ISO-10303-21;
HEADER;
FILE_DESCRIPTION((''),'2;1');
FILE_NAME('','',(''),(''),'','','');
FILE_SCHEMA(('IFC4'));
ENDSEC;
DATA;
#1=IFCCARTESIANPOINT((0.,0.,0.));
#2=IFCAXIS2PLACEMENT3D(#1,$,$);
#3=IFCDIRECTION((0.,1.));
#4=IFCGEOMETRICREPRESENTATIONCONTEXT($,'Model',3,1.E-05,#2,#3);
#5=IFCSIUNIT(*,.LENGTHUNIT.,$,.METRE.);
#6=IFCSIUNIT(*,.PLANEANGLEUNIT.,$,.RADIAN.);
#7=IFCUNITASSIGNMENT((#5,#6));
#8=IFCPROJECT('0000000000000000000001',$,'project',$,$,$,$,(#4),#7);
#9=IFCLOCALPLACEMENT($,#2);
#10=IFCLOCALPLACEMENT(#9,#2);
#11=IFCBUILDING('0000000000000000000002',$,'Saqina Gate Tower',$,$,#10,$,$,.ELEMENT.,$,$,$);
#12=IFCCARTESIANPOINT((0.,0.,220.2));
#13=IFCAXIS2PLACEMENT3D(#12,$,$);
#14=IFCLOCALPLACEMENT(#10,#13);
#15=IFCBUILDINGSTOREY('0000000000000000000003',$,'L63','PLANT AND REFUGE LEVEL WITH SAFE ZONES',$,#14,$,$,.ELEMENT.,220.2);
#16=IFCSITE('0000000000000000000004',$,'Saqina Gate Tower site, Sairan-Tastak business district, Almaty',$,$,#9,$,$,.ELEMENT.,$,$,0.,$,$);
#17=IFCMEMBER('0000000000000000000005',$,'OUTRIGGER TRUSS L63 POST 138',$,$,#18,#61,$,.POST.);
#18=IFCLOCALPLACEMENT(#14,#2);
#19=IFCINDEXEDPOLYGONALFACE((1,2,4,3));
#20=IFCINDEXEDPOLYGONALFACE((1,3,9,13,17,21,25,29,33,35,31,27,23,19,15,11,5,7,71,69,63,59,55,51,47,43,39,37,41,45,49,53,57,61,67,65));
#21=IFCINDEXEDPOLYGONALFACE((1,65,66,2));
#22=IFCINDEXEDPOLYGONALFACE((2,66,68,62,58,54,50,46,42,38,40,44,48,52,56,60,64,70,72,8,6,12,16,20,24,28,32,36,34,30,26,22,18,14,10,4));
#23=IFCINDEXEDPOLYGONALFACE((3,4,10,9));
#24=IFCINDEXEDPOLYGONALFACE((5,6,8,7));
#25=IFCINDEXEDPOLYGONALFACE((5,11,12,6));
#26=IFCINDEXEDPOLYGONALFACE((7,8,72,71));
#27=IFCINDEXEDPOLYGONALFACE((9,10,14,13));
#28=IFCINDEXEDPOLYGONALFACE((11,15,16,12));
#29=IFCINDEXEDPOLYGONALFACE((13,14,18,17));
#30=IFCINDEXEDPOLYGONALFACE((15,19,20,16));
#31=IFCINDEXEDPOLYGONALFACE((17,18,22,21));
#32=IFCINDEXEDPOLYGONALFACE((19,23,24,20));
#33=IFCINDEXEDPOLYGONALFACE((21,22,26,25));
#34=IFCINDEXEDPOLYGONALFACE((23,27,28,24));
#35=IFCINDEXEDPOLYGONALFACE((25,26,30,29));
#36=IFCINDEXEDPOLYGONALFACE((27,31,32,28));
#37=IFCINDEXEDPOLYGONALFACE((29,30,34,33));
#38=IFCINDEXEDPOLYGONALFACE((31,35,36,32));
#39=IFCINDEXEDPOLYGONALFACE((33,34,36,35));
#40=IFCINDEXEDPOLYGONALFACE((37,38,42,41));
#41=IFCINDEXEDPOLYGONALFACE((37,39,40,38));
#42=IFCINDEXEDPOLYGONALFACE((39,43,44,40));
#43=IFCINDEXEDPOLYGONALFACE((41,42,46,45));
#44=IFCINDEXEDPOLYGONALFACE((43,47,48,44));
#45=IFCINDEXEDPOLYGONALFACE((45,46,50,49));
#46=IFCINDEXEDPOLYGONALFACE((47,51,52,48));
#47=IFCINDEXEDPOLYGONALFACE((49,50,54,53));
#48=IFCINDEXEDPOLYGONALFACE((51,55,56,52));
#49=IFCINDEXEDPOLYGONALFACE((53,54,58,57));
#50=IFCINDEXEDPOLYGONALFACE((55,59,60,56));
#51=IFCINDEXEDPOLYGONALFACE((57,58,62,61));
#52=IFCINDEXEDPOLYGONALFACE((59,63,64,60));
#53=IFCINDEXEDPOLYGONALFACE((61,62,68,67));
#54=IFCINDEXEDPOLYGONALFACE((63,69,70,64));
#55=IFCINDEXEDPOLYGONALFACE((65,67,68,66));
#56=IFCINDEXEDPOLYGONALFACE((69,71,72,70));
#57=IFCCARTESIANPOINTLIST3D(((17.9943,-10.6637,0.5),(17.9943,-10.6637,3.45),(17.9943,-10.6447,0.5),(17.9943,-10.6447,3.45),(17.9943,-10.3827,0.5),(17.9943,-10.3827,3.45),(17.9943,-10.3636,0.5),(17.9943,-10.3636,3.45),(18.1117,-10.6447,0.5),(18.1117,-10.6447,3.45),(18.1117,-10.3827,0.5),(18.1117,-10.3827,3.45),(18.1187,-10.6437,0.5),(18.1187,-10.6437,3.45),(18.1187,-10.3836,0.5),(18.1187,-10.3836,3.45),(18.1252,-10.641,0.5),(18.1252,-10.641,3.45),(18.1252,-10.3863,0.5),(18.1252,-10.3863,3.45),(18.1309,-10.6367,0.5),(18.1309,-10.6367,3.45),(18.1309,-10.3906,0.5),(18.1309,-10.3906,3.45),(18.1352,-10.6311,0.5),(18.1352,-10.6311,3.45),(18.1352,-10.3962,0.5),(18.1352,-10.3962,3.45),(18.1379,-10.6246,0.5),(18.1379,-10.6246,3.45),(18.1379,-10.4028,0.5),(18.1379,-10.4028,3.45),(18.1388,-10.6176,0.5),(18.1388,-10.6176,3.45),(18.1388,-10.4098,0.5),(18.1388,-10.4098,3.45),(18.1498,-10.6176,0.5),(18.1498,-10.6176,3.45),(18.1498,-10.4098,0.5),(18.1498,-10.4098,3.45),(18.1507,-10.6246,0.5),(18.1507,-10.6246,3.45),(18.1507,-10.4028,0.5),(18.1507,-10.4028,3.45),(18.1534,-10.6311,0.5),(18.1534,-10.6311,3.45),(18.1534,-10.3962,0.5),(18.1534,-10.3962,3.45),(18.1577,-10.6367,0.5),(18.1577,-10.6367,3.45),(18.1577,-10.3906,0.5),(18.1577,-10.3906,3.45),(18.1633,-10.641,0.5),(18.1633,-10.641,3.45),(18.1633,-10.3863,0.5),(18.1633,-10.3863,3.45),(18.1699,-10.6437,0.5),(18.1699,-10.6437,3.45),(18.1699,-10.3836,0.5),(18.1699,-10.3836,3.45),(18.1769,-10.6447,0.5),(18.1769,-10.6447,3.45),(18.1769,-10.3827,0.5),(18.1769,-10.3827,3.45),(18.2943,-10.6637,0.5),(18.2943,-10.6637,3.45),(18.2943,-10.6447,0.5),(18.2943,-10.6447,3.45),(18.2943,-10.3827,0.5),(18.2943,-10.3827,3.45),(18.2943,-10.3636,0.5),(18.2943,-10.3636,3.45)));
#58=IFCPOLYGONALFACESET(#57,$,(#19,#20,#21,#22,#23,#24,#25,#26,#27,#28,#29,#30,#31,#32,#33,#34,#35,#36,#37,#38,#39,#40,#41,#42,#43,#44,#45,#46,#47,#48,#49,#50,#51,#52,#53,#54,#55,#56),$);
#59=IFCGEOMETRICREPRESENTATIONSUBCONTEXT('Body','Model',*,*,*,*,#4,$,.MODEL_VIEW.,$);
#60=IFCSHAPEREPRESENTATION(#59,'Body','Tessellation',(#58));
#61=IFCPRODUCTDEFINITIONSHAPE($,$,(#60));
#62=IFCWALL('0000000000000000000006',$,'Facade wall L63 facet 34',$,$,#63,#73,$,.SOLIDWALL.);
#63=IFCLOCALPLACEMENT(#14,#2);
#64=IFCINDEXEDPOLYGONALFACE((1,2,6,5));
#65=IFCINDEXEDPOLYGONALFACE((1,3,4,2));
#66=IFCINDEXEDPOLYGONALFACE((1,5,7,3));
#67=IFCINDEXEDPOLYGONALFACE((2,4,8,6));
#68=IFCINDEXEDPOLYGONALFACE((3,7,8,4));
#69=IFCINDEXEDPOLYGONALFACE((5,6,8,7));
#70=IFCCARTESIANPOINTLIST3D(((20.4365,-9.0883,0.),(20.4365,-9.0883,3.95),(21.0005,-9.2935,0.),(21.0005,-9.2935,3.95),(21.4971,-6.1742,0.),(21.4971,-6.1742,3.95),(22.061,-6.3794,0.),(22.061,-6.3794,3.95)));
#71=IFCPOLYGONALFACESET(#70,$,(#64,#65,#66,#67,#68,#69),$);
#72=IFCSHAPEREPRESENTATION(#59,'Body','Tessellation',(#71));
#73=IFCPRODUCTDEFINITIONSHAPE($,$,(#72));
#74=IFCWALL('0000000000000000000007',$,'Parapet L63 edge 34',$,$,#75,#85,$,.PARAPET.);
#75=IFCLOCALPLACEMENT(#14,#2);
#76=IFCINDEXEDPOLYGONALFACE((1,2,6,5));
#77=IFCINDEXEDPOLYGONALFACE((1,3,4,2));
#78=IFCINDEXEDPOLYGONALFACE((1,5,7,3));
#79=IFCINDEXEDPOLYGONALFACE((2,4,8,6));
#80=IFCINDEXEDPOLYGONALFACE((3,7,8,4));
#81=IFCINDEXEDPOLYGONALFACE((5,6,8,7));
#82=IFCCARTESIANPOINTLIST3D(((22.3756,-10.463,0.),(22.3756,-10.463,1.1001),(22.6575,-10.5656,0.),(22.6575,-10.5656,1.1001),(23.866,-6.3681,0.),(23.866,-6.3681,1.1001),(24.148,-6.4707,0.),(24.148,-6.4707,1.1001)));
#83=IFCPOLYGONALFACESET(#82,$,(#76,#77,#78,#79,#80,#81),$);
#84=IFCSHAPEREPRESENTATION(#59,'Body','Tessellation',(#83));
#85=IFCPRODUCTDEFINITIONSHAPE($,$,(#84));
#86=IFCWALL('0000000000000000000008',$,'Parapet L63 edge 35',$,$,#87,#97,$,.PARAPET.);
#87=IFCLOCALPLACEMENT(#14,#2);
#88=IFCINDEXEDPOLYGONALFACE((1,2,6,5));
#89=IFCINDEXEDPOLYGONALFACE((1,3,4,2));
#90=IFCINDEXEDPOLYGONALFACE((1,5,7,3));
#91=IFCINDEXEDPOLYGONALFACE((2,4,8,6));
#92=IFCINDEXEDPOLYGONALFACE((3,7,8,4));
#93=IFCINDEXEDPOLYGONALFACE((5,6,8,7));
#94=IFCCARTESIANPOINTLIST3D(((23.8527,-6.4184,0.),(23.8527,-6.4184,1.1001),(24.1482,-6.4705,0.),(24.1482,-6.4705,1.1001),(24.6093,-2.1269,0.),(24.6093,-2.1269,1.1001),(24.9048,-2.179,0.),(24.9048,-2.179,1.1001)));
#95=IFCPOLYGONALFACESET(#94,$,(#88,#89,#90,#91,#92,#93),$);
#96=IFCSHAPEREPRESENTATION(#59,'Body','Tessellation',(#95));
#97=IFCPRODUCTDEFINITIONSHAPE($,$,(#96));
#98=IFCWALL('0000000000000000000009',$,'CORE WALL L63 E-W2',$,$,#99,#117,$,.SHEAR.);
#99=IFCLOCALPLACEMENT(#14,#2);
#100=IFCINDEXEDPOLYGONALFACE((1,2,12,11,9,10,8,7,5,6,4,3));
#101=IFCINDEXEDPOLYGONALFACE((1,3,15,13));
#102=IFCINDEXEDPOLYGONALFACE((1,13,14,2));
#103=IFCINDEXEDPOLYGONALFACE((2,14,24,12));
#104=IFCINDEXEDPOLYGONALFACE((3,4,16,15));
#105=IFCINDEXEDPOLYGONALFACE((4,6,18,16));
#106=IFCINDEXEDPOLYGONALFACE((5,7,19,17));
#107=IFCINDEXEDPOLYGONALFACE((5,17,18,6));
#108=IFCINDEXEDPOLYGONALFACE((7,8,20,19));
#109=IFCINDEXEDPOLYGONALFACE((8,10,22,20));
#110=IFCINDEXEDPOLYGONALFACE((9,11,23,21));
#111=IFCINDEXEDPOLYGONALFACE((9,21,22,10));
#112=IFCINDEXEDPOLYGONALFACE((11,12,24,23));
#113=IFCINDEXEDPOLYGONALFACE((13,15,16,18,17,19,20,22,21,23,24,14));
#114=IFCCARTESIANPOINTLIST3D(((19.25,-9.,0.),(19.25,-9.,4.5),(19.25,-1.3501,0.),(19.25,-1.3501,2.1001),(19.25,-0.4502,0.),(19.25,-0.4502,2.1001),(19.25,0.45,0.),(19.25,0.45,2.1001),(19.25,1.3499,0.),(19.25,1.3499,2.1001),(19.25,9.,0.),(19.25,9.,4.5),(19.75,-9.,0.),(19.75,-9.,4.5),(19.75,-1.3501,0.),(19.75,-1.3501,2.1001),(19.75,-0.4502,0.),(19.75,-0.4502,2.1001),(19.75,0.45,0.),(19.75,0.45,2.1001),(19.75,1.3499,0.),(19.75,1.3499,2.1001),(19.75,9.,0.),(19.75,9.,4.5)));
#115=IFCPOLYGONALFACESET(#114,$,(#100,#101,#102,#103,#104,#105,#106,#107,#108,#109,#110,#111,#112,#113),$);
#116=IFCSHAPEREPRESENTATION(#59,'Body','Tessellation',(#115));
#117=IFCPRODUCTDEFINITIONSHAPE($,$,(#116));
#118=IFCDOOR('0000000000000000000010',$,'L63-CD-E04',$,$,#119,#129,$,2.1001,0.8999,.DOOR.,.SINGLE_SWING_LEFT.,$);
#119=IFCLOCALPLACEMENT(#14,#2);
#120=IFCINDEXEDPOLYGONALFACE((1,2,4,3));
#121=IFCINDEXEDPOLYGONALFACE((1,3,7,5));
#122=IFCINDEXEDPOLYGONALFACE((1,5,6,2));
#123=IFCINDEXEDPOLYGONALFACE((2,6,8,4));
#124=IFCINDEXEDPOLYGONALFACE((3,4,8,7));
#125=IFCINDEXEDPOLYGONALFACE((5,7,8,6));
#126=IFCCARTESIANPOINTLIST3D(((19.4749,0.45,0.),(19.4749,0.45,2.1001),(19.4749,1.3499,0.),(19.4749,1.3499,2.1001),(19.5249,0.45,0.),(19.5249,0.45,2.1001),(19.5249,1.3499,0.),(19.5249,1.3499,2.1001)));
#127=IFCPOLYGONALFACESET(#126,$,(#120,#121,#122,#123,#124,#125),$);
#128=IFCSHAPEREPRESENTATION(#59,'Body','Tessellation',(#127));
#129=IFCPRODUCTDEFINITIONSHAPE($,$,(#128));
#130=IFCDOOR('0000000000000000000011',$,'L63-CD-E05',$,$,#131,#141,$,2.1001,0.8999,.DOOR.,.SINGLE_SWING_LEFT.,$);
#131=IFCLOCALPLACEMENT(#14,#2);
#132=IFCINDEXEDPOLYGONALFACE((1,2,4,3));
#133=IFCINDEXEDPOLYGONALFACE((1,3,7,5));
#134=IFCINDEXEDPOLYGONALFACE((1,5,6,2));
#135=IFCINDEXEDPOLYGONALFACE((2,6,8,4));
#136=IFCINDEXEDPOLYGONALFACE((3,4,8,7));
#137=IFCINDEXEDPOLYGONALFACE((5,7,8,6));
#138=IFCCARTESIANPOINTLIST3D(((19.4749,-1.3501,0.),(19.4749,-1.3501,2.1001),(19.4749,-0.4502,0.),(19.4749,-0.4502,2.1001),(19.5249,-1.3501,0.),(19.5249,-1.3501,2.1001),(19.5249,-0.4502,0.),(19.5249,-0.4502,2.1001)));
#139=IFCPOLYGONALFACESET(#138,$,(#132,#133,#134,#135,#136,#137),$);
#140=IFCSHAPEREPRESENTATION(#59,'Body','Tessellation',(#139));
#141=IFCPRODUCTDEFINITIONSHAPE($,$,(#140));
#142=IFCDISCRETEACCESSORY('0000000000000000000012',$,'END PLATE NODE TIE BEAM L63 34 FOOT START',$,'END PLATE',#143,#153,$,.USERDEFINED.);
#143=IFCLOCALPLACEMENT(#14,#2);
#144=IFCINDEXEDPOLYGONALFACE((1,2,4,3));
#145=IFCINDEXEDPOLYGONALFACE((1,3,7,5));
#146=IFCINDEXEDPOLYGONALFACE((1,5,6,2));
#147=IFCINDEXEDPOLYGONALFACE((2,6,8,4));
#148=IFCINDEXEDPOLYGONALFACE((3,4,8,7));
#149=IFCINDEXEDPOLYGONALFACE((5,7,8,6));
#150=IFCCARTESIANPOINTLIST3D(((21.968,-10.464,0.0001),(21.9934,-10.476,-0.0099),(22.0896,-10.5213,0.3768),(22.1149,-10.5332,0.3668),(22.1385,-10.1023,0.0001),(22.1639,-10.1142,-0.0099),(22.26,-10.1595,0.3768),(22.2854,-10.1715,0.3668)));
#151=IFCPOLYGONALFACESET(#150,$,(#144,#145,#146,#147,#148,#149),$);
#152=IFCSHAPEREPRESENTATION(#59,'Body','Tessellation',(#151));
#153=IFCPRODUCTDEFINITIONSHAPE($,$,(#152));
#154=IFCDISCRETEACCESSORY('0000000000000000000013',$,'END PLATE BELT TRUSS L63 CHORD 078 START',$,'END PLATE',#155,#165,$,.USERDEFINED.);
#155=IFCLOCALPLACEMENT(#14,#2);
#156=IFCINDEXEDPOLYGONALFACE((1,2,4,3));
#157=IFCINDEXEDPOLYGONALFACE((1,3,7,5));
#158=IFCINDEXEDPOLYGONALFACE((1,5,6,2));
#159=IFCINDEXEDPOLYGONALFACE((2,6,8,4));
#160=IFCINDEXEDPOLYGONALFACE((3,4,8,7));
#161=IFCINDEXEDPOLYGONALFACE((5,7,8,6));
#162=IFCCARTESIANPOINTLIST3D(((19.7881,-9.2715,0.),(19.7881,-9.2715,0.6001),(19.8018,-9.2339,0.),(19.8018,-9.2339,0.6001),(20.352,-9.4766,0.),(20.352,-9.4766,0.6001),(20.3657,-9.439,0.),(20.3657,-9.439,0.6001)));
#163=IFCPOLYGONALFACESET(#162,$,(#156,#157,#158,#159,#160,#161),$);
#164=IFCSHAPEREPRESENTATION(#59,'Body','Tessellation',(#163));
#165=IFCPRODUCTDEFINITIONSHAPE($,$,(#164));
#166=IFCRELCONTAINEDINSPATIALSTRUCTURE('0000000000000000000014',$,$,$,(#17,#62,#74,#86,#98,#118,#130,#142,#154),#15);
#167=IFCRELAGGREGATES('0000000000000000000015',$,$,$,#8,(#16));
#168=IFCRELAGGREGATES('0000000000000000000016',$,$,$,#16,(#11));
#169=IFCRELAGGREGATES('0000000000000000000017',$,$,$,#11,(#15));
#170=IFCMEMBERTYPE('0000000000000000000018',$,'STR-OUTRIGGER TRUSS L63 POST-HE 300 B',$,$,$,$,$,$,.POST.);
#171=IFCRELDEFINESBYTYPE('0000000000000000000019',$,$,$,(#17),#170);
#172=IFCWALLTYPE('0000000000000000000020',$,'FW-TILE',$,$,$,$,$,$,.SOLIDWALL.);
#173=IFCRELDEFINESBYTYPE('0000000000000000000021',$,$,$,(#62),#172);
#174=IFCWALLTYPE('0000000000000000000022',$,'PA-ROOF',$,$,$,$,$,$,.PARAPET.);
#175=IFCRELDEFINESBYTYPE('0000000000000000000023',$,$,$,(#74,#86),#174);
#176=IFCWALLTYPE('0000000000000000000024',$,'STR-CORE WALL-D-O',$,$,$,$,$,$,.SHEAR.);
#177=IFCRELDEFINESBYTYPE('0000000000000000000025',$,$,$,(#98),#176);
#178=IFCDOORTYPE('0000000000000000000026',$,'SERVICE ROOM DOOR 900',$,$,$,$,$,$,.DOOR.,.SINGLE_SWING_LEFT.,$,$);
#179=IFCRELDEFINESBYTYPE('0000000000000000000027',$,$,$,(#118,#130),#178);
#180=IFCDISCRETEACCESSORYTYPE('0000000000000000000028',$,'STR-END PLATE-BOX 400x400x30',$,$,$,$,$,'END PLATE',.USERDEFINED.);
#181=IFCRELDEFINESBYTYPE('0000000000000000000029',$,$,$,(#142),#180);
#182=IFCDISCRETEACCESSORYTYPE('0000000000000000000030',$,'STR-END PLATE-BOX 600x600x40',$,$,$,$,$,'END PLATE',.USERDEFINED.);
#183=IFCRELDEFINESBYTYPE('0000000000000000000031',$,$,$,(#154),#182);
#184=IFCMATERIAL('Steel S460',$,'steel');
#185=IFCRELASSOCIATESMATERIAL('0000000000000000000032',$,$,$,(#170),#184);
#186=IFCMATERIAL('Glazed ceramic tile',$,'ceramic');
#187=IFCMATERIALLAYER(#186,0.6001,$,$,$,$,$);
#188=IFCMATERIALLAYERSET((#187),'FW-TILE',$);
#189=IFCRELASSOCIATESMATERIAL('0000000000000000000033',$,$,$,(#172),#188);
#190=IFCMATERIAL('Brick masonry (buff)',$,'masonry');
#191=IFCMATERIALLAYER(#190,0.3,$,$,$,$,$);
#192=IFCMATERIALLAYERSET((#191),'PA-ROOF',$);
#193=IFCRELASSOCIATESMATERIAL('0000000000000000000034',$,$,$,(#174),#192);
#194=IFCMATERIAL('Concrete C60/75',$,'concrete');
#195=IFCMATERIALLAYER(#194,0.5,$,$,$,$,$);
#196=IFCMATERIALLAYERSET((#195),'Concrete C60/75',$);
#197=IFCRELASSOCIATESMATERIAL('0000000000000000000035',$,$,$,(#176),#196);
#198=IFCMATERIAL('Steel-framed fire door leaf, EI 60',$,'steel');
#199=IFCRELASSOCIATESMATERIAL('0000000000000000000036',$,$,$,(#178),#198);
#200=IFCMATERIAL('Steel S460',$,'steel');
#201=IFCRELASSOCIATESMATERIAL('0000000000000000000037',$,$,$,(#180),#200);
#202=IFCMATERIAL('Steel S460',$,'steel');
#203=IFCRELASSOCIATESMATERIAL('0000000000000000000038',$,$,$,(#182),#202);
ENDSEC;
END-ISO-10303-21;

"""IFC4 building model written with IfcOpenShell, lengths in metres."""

from ifc_helpers import new_model, si_unit, direction, frame, frame_2d, origin, origin_2d, place, context, subcontext, project, spatial, rectangle, i_section, extrude, material, layer, layer_set, material_profile, profile_set, type_object, element, fill, save


model = new_model("IFC4")

# Units and contexts
model_context = context("Model", 3, precision=1e-05, world=origin(), true_north=direction((0.0, 1.0)))
body_context = subcontext(model_context, "Body", "Model", "MODEL_VIEW")
ifc_project = project(units=[si_unit("LENGTHUNIT", "METRE"), si_unit("PLANEANGLEUNIT", "RADIAN")], contexts=[model_context])

# Site, building, storey
site_placement = place(None, origin())
site = spatial("IfcSite", under=ifc_project, at=site_placement, Name="Saqina Gate Tower site, Sairan-Tastak business district, Almaty", CompositionType="ELEMENT", RefElevation=0.0)
building_placement = place(site_placement, origin())
building = spatial("IfcBuilding", under=site, at=building_placement, Name="Saqina Gate Tower", CompositionType="ELEMENT")
storey_placement = place(building_placement, frame((0.0, 0.0, 220.2)))
storey = spatial("IfcBuildingStorey", under=building, at=storey_placement, Name="L63", Description="PLANT AND REFUGE LEVEL WITH SAFE ZONES", CompositionType="ELEMENT", Elevation=220.2)

# Member
ifc_material_1 = material(Name="Steel S460", Category="steel")
ifc_material_profile_1 = material_profile(ifc_material_1, i_section(OverallWidth=0.3, OverallDepth=0.3, WebThickness=0.011, FlangeThickness=0.019, FilletRadius=0.0271, at=origin_2d()), Name="HE 300 B")
ifc_profile_set_1 = profile_set([ifc_material_profile_1], Name="Steel S460")
member_type_1 = type_object("IfcMemberType", Name="STR-OUTRIGGER TRUSS L63 POST-HE 300 B", PredefinedType="POST", material=ifc_profile_set_1)
for number, where, z_axis, x_axis, name in (
    (1, (18.1443, -10.5137, 0.5), (0.0, 0.0, 1.0), (1.0, 0.0, 0.0), "OUTRIGGER TRUSS L63 POST 138"),
):
    element("IfcMember", number, at=place(storey_placement, frame(where, z_axis=z_axis, x_axis=x_axis)), inside=storey, type_object=member_type_1, Name=name, PredefinedType="POST", context=body_context, shape_type="SweptSolid", body=[
        extrude(i_section(OverallWidth=0.3, OverallDepth=0.3, WebThickness=0.011, FlangeThickness=0.019, FilletRadius=0.0271, at=origin_2d()), origin(), (0.0, 0.0, 1.0), 2.95),
    ])

# Walls
ifc_material_2 = material(Name="Glazed ceramic tile", Category="ceramic")
ifc_layer_1 = layer(ifc_material_2, 0.6001)
ifc_layer_set_1 = layer_set([ifc_layer_1], Name="FW-TILE")
wall_type_1 = type_object("IfcWallType", Name="FW-TILE", PredefinedType="SOLIDWALL", material=ifc_layer_set_1)
wall_1_placement = place(storey_placement, frame((20.7185, -9.1909, 0.0), z_axis=(0.0, 0.0, 1.0), x_axis=(0.341996, 0.939701, 0.0)))
element("IfcWall", 2, at=wall_1_placement, inside=storey, type_object=wall_type_1, Name="Facade wall L63 facet 34", PredefinedType="SOLIDWALL", context=body_context, shape_type="SweptSolid", body=[
    extrude(rectangle(XDim=3.1011, YDim=0.6001, at=frame_2d((1.5505, 0.0))), origin(), (0.0, 0.0, 1.0), 3.95),
])
ifc_material_3 = material(Name="Brick masonry (buff)", Category="masonry")
ifc_layer_2 = layer(ifc_material_3, 0.3)
ifc_layer_set_2 = layer_set([ifc_layer_2], Name="PA-ROOF")
wall_type_2 = type_object("IfcWallType", Name="PA-ROOF", PredefinedType="PARAPET", material=ifc_layer_set_2)
for number, where, z_axis, x_axis, name in (
    (3, (22.5166, -10.5142, 0.0), (0.0, 0.0, 1.0), (0.342026, 0.93969, 0.0), "Parapet L63 edge 34"),
    (4, (24.0005, -6.4443, 0.0), (0.0, 0.0, 1.0), (0.173622, 0.984812, 0.0), "Parapet L63 edge 35"),
):
    element("IfcWall", number, at=place(storey_placement, frame(where, z_axis=z_axis, x_axis=x_axis)), inside=storey, type_object=wall_type_2, Name=name, PredefinedType="PARAPET", context=body_context, shape_type="SweptSolid", body=[
        extrude(rectangle(XDim=4.3577, YDim=0.3, at=frame_2d((2.1787, 0.0))), origin(), (0.0, 0.0, 1.0), 1.1001),
    ])

# Wall, openings, doors
ifc_material_4 = material(Name="Concrete C60/75", Category="concrete")
ifc_layer_3 = layer(ifc_material_4, 0.5)
ifc_layer_set_3 = layer_set([ifc_layer_3], Name="Concrete C60/75")
wall_type_3 = type_object("IfcWallType", Name="STR-CORE WALL-D-O", PredefinedType="SHEAR", material=ifc_layer_set_3)
wall_2_placement = place(storey_placement, frame((19.5, -9.0, 0.0), z_axis=(0.0, 0.0, 1.0), x_axis=(0.0, 1.0, 0.0)))
wall_2 = element("IfcWall", 5, at=wall_2_placement, inside=storey, type_object=wall_type_3, Name="CORE WALL L63 E-W2", PredefinedType="SHEAR", context=body_context, shape_type="SweptSolid", body=[
    extrude(rectangle(XDim=18.0, YDim=0.5, at=frame_2d((9.0, 0.0))), origin(), (0.0, 0.0, 1.0), 4.5),
])
opening_1_placement = place(wall_2_placement, frame((9.45, 0.0, 0.0)))
opening_1 = element("IfcOpeningElement", 6, at=opening_1_placement, cuts=wall_2, PredefinedType="OPENING", context=body_context, shape_type="SweptSolid", body=[
    extrude(rectangle(XDim=0.8999, YDim=2.1001, at=frame_2d((0.45, 1.05))), frame((0.0, 0.262, 0.0), z_axis=(0.0, -1.0, 0.0), x_axis=(1.0, 0.0, 0.0)), (0.0, 0.0, 1.0), 0.5239),
])
opening_2_placement = place(wall_2_placement, frame((7.6499, 0.0, 0.0)))
opening_2 = element("IfcOpeningElement", 7, at=opening_2_placement, cuts=wall_2, PredefinedType="OPENING", context=body_context, shape_type="SweptSolid", body=[
    extrude(rectangle(XDim=0.8999, YDim=2.1001, at=frame_2d((0.45, 1.05))), frame((0.0, 0.262, 0.0), z_axis=(0.0, -1.0, 0.0), x_axis=(1.0, 0.0, 0.0)), (0.0, 0.0, 1.0), 0.5239),
])
ifc_material_5 = material(Name="Steel-framed fire door leaf, EI 60", Category="steel")
door_type = type_object("IfcDoorType", Name="SERVICE ROOM DOOR 900", OperationType="SINGLE_SWING_LEFT", PredefinedType="DOOR", material=ifc_material_5)
door_1_placement = place(opening_1_placement, frame((0.8999, 0.0, 0.0), z_axis=(0.0, 0.0, 1.0), x_axis=(-1.0, 0.0, 0.0)))
door_1 = element("IfcDoor", 8, at=door_1_placement, inside=storey, type_object=door_type, Name="L63-CD-E04", OperationType="SINGLE_SWING_LEFT", OverallHeight=2.1001, OverallWidth=0.8999, PredefinedType="DOOR", context=body_context, shape_type="SweptSolid", body=[
    extrude(rectangle(XDim=0.8999, YDim=2.1001, at=frame_2d((0.45, 1.05))), frame((0.0, 0.0249, 0.0), z_axis=(0.0, -1.0, 0.0), x_axis=(1.0, 0.0, 0.0)), (0.0, 0.0, 1.0), 0.05),
])
fill(opening_1, door_1)
door_2_placement = place(opening_2_placement, frame((0.8999, 0.0, 0.0), z_axis=(0.0, 0.0, 1.0), x_axis=(-1.0, 0.0, 0.0)))
door_2 = element("IfcDoor", 9, at=door_2_placement, inside=storey, type_object=door_type, Name="L63-CD-E05", OperationType="SINGLE_SWING_LEFT", OverallHeight=2.1001, OverallWidth=0.8999, PredefinedType="DOOR", context=body_context, shape_type="SweptSolid", body=[
    extrude(rectangle(XDim=0.8999, YDim=2.1001, at=frame_2d((0.45, 1.05))), frame((0.0, 0.0249, 0.0), z_axis=(0.0, -1.0, 0.0), x_axis=(1.0, 0.0, 0.0)), (0.0, 0.0, 1.0), 0.05),
])
fill(opening_2, door_2)

# Discrete accessories
ifc_material_6 = material(Name="Steel S460", Category="steel")
ifc_material_profile_2 = material_profile(ifc_material_6, rectangle(XDim=0.3999, YDim=0.3999, at=origin_2d()), Name="STR-END PLATE-BOX 400x400x30")
ifc_profile_set_2 = profile_set([ifc_material_profile_2], Name="Steel S460")
discrete_accessory_type_1 = type_object("IfcDiscreteAccessoryType", Name="STR-END PLATE-BOX 400x400x30", ElementType="END PLATE", PredefinedType="USERDEFINED", material=ifc_profile_set_2)
discrete_accessory_1_placement = place(storey_placement, frame((22.114, -10.3118, 0.1885), z_axis=(0.852058, -0.401451, -0.335908), x_axis=(-0.426216, -0.904621, -0.000001)))
element("IfcDiscreteAccessory", 10, at=discrete_accessory_1_placement, inside=storey, type_object=discrete_accessory_type_1, Name="END PLATE NODE TIE BEAM L63 34 FOOT START", ObjectType="END PLATE", PredefinedType="USERDEFINED", context=body_context, shape_type="SweptSolid", body=[
    extrude(rectangle(XDim=0.3999, YDim=0.3999, at=origin_2d()), origin(), (0.0, 0.0, 1.0), 0.0298),
])
ifc_material_7 = material(Name="Steel S460", Category="steel")
ifc_material_profile_3 = material_profile(ifc_material_7, rectangle(XDim=0.6001, YDim=0.6001, at=origin_2d()), Name="STR-END PLATE-BOX 600x600x40")
ifc_profile_set_3 = profile_set([ifc_material_profile_3], Name="Steel S460")
discrete_accessory_type_2 = type_object("IfcDiscreteAccessoryType", Name="STR-END PLATE-BOX 600x600x40", ElementType="END PLATE", PredefinedType="USERDEFINED", material=ifc_profile_set_3)
discrete_accessory_2_placement = place(storey_placement, frame((20.0837, -9.3364, 0.3), z_axis=(-0.341743, -0.939793, 0.0), x_axis=(-0.939793, 0.341743, 0.0)))
element("IfcDiscreteAccessory", 11, at=discrete_accessory_2_placement, inside=storey, type_object=discrete_accessory_type_2, Name="END PLATE BELT TRUSS L63 CHORD 078 START", ObjectType="END PLATE", PredefinedType="USERDEFINED", context=body_context, shape_type="SweptSolid", body=[
    extrude(rectangle(XDim=0.6001, YDim=0.6001, at=origin_2d()), origin(), (0.0, 0.0, 1.0), 0.04),
])

save(model, "model.ifc")
